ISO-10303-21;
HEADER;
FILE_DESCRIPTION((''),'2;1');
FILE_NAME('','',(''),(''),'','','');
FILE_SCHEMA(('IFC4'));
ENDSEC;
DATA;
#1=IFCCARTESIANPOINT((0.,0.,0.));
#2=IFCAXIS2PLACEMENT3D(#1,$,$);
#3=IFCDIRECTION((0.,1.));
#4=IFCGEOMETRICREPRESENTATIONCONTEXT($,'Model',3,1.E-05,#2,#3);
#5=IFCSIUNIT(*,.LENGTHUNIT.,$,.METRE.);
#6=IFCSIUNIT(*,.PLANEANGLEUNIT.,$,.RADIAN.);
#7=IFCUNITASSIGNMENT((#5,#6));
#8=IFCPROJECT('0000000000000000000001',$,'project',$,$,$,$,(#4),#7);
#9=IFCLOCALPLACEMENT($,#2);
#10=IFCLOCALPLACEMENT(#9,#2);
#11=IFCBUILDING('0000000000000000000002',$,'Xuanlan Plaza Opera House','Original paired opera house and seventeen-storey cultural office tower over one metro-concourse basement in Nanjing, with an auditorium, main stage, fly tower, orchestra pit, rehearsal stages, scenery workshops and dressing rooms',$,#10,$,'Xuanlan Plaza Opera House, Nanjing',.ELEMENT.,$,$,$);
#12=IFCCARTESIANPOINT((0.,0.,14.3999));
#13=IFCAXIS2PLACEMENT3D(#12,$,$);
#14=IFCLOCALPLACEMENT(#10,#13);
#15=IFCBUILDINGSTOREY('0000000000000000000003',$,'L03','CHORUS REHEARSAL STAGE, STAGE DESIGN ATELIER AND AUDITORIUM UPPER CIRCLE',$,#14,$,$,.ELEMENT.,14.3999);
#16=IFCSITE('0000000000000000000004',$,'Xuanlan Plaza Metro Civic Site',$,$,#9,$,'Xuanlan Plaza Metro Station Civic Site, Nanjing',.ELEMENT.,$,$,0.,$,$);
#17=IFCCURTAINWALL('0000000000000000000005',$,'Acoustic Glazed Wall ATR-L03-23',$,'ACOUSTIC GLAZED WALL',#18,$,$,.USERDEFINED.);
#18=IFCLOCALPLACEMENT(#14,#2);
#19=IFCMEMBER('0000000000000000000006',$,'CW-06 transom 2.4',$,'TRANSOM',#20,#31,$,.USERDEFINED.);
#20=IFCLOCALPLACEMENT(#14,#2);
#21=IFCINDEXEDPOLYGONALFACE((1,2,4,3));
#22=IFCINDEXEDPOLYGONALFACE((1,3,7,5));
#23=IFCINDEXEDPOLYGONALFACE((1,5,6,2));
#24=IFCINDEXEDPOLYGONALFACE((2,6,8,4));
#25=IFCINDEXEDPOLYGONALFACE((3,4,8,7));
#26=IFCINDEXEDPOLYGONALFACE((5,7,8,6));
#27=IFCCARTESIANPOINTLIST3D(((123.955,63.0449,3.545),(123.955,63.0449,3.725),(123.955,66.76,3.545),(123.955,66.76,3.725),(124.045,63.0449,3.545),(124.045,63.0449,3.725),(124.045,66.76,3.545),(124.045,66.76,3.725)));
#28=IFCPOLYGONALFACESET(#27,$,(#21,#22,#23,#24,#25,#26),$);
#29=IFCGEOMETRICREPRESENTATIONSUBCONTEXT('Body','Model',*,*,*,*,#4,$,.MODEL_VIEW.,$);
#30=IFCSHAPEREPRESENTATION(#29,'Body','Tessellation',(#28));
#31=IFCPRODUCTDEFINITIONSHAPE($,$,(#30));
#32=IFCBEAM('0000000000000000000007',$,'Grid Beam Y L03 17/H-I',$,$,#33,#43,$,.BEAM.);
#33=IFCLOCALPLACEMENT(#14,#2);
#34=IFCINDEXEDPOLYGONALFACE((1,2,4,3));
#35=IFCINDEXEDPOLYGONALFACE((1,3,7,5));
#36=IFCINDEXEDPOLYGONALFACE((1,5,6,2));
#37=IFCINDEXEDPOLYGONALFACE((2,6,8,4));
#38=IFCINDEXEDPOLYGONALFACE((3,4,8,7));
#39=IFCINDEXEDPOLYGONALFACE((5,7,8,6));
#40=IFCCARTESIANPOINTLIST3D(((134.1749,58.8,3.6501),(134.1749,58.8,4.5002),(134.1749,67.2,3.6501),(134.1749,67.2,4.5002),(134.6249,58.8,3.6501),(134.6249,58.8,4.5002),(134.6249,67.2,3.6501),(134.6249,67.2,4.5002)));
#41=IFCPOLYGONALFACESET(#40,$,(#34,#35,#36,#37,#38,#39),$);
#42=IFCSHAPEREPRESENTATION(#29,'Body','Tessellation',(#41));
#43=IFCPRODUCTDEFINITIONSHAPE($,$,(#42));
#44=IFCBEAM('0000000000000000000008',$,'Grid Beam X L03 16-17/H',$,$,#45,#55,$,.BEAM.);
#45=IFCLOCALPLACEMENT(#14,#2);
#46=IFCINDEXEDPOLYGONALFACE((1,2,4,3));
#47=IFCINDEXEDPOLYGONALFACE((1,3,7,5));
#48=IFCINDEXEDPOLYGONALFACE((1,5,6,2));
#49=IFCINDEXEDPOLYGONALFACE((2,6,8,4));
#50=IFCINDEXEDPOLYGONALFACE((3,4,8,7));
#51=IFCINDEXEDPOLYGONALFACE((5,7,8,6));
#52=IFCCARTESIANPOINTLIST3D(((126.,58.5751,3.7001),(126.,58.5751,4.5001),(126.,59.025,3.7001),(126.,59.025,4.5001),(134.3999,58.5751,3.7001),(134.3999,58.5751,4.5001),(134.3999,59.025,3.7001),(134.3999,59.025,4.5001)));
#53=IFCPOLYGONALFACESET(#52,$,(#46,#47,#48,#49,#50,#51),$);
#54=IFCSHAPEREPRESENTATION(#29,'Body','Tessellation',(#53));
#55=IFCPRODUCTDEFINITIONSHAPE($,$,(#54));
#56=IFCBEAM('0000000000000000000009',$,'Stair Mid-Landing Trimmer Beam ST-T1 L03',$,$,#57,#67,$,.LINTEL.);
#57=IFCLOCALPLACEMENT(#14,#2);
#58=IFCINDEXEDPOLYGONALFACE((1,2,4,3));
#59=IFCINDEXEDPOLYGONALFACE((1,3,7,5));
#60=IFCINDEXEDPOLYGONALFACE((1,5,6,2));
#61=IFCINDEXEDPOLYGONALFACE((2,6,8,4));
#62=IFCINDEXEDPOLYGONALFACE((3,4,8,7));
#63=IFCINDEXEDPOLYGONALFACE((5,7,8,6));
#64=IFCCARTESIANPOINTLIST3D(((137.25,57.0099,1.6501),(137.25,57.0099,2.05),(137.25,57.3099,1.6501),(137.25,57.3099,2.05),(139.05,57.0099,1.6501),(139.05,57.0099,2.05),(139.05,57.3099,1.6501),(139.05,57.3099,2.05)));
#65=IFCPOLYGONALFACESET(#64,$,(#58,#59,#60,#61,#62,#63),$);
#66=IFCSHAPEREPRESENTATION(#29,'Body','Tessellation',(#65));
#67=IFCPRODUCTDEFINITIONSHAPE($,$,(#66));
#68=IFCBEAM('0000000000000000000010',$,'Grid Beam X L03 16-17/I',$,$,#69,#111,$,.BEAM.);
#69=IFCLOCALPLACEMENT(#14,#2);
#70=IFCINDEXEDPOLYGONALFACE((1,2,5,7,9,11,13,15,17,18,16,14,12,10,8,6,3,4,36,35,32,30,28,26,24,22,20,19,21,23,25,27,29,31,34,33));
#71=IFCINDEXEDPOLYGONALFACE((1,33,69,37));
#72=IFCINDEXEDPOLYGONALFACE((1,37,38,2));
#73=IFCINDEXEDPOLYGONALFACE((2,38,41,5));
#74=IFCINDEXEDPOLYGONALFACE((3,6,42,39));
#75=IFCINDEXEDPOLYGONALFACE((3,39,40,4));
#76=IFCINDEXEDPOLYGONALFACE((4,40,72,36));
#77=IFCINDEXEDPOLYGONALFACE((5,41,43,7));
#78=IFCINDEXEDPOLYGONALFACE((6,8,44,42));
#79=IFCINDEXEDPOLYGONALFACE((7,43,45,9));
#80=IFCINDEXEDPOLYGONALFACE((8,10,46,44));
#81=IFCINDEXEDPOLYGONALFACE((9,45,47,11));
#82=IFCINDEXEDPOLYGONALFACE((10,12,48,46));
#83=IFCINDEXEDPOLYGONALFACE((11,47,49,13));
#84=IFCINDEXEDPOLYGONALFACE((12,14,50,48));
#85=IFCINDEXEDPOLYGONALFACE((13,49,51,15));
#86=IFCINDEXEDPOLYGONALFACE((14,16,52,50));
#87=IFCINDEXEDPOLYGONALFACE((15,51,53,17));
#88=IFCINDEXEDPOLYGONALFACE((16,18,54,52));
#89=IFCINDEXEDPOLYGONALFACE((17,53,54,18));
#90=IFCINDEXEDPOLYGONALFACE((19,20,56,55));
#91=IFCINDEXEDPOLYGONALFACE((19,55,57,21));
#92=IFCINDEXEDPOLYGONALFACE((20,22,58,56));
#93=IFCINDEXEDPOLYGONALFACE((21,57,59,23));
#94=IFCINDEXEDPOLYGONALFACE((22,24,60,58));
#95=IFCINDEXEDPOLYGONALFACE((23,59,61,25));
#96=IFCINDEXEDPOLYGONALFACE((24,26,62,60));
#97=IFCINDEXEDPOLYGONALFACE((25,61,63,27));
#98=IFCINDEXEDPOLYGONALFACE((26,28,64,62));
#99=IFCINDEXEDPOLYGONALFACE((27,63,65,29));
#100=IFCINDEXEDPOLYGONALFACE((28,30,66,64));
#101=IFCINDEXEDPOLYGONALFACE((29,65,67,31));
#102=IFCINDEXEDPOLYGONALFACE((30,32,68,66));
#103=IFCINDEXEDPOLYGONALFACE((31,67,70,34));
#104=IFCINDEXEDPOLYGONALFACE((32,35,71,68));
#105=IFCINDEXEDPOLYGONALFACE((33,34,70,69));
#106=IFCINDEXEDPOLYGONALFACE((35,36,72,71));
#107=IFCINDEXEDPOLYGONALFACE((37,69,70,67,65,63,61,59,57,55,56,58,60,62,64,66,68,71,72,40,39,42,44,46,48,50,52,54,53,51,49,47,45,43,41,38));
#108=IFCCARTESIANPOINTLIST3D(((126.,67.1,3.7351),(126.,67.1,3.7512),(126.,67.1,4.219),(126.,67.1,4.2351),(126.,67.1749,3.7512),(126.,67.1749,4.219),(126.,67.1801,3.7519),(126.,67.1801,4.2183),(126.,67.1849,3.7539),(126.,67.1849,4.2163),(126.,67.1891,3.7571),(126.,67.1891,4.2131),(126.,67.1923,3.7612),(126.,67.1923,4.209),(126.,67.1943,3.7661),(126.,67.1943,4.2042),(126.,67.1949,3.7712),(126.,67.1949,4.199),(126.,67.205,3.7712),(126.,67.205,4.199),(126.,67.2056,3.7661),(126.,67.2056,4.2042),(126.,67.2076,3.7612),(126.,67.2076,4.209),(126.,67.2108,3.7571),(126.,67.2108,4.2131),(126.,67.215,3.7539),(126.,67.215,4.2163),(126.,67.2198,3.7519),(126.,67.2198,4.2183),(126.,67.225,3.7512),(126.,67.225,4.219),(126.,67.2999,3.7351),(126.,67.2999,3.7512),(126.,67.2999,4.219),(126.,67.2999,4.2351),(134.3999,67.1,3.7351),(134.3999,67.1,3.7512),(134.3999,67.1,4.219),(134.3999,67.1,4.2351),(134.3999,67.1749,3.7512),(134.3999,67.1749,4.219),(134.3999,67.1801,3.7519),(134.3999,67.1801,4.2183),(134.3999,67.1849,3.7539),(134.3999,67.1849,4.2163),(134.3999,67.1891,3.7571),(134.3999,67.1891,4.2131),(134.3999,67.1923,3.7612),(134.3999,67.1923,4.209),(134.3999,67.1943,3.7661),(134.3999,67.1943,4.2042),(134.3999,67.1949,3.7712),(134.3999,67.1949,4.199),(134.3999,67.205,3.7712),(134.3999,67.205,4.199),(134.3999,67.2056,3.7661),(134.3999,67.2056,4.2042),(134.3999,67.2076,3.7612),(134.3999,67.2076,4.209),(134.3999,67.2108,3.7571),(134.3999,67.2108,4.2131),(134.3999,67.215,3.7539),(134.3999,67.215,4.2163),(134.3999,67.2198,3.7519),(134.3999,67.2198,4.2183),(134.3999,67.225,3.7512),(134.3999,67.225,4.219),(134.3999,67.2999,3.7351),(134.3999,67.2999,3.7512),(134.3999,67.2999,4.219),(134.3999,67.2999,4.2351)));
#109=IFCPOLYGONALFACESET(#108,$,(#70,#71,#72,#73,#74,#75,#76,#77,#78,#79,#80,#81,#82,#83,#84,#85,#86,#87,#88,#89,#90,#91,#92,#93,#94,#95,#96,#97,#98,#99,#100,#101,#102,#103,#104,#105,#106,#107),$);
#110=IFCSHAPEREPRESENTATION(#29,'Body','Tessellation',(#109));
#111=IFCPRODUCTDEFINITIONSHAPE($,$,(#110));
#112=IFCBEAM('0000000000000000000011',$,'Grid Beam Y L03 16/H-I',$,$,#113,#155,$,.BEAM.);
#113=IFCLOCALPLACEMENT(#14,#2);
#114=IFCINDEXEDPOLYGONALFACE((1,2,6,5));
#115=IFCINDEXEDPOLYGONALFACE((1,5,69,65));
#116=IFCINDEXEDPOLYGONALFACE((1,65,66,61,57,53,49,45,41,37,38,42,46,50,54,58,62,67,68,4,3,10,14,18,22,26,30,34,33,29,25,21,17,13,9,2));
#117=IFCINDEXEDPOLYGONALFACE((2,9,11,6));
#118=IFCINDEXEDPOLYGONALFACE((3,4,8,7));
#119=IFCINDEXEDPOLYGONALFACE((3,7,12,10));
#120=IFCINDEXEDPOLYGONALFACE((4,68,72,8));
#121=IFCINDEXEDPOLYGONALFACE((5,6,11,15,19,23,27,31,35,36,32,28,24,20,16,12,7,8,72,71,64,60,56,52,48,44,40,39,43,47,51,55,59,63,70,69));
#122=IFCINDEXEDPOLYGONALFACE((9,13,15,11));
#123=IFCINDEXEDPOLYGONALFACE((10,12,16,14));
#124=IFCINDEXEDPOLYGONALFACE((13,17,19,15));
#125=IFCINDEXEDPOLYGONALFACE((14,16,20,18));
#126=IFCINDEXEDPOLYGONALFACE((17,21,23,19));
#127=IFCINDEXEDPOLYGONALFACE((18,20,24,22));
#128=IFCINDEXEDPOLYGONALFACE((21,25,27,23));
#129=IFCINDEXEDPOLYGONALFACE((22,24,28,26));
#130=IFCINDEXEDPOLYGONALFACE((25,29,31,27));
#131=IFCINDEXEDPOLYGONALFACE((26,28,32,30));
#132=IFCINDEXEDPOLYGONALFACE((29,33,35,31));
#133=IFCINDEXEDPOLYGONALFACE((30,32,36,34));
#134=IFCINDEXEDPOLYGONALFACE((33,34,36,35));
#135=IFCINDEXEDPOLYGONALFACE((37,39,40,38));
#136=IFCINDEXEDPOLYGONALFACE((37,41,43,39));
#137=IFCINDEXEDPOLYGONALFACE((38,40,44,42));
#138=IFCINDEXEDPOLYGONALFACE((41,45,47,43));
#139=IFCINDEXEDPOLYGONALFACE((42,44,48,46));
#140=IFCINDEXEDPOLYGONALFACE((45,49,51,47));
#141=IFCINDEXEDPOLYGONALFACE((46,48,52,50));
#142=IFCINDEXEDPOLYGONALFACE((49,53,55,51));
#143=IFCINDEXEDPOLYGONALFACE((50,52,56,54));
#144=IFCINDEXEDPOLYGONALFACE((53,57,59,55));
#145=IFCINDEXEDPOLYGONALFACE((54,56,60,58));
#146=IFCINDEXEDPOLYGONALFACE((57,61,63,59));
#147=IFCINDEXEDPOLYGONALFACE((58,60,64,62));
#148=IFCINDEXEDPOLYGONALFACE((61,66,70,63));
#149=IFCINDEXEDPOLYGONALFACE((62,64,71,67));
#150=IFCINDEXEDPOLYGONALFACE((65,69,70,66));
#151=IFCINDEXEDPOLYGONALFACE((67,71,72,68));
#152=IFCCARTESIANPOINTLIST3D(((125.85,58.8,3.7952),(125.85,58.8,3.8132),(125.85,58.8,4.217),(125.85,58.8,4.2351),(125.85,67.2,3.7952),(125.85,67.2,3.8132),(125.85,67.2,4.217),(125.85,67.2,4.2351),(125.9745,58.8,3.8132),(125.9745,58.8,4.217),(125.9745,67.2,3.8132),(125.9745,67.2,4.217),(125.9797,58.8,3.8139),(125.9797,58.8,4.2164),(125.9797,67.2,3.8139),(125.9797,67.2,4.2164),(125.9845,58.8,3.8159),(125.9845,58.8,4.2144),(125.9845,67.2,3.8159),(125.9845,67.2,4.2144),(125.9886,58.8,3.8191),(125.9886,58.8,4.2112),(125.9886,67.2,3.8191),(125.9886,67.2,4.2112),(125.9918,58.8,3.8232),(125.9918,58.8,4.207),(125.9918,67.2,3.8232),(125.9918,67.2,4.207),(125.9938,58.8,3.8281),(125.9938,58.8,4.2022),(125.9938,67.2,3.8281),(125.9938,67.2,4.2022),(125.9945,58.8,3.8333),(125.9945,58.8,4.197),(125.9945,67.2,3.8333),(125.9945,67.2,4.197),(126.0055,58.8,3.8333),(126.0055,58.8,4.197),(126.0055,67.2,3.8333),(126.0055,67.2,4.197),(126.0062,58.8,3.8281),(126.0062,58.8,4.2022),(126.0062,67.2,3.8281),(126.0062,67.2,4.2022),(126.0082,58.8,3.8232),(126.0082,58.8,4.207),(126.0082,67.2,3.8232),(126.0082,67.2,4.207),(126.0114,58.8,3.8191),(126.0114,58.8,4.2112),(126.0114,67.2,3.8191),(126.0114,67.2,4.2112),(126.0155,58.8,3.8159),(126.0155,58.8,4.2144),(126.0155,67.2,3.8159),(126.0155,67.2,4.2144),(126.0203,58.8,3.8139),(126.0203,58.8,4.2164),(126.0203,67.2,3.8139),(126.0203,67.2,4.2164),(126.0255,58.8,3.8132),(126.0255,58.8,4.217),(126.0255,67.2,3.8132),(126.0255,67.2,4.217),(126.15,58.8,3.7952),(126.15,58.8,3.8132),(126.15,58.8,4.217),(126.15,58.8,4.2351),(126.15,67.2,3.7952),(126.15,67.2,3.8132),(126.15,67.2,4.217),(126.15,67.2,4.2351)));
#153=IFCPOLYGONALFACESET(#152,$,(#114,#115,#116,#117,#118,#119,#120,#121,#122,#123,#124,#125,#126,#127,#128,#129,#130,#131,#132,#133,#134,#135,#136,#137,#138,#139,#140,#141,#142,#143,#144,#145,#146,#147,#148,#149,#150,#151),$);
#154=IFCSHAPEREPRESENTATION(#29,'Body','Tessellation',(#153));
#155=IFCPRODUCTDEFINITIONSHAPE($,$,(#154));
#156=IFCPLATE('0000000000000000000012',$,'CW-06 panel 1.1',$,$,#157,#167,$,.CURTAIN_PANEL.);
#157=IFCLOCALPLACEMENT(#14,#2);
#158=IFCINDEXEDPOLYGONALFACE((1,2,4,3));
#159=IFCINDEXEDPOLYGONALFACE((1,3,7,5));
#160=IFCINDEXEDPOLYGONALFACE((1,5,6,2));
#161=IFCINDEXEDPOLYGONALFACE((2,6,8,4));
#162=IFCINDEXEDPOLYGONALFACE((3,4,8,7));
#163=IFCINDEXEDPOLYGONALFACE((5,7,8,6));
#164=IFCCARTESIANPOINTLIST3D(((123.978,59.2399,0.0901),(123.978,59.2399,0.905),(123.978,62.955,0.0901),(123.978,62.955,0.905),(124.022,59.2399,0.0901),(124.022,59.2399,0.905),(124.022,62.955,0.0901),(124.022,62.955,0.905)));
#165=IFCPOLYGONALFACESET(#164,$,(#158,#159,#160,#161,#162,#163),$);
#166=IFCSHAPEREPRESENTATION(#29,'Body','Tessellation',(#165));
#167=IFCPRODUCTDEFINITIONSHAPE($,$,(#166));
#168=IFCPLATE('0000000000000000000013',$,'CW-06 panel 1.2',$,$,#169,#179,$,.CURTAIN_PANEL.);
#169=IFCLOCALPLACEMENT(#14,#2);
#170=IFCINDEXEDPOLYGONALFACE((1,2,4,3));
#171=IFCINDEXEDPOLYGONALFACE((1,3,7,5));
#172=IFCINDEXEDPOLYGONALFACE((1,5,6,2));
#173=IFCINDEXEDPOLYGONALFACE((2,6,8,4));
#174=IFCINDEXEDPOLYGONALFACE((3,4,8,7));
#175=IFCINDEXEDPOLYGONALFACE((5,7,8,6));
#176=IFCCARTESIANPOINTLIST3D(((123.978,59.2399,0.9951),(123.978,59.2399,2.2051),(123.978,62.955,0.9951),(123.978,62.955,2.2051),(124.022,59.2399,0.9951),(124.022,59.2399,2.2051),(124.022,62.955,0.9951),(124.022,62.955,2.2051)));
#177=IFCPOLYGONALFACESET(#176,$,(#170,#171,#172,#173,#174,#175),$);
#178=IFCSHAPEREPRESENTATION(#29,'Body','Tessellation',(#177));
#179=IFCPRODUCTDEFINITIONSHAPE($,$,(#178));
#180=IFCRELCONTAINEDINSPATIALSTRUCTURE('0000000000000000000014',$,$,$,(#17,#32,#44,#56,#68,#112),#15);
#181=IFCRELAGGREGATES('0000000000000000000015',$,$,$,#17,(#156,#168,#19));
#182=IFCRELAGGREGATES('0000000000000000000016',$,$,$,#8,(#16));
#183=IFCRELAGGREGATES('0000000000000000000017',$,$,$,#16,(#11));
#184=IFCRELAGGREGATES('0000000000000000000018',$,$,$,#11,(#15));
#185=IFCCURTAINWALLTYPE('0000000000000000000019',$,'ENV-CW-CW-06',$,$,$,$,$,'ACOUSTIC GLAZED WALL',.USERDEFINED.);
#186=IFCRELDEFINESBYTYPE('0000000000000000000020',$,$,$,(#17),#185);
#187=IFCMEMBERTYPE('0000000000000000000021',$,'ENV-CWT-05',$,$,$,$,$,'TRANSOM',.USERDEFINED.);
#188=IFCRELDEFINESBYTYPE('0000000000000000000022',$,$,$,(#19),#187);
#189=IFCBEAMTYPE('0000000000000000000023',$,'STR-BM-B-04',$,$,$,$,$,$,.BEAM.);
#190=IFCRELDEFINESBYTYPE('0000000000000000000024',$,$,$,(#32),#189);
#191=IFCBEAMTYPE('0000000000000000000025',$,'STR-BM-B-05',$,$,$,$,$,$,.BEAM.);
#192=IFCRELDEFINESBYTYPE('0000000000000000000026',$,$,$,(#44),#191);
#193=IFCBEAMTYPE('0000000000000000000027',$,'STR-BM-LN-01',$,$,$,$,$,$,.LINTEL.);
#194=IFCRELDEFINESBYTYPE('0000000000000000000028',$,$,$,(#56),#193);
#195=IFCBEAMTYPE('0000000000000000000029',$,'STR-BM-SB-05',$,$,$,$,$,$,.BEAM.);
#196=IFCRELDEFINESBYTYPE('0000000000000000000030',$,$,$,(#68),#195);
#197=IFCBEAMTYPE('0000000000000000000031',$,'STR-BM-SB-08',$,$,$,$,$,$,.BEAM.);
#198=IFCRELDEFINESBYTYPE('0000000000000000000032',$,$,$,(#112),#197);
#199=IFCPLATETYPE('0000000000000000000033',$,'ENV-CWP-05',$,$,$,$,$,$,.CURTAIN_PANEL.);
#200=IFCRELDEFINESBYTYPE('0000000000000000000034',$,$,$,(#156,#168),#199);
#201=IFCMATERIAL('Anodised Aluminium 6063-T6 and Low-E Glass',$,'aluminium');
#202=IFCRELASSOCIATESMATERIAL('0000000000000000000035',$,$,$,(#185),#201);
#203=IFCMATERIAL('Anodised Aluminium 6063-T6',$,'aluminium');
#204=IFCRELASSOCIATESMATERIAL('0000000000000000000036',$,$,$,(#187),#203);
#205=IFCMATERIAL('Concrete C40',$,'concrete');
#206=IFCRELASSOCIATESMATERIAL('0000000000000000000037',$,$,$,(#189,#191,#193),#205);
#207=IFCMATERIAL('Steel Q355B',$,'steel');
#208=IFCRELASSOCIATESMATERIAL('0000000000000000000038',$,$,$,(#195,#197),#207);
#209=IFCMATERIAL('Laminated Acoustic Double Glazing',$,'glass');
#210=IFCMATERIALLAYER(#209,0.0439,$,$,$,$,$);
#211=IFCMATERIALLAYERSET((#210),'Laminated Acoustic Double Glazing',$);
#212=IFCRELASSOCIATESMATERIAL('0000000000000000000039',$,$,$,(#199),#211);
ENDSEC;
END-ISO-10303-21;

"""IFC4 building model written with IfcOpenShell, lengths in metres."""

from ifc_helpers import new_model, si_unit, direction, frame, origin, origin_2d, place, context, subcontext, project, spatial, rectangle, i_section, extrude, material, layer, layer_set, material_profile, profile_set, type_object, element, aggregate, save


model = new_model("IFC4")

# Units and contexts
model_context = context("Model", 3, precision=1e-05, world=origin(), true_north=direction((0.0, 1.0)))
body_context = subcontext(model_context, "Body", "Model", "MODEL_VIEW")
ifc_project = project(units=[si_unit("LENGTHUNIT", "METRE"), si_unit("PLANEANGLEUNIT", "RADIAN")], contexts=[model_context])

# Site, building, storey
site_placement = place(None, origin())
site = spatial("IfcSite", under=ifc_project, at=site_placement, Name="Xuanlan Plaza Metro Civic Site", LongName="Xuanlan Plaza Metro Station Civic Site, Nanjing", CompositionType="ELEMENT", RefElevation=0.0)
building_placement = place(site_placement, origin())
building = spatial("IfcBuilding", under=site, at=building_placement, Name="Xuanlan Plaza Opera House", Description="Original paired opera house and seventeen-storey cultural office tower over one metro-concourse basement in Nanjing, with an auditorium, main stage, fly tower, orchestra pit, rehearsal stages, scenery workshops and dressing rooms", LongName="Xuanlan Plaza Opera House, Nanjing", CompositionType="ELEMENT")
storey_placement = place(building_placement, frame((0.0, 0.0, 14.3999)))
storey = spatial("IfcBuildingStorey", under=building, at=storey_placement, Name="L03", Description="CHORUS REHEARSAL STAGE, STAGE DESIGN ATELIER AND AUDITORIUM UPPER CIRCLE", CompositionType="ELEMENT", Elevation=14.3999)

# Shared definitions
ifc_material_1 = material(Name="Steel Q355B", Category="steel")

# Curtain wall, member
ifc_material_2 = material(Name="Anodised Aluminium 6063-T6 and Low-E Glass", Category="aluminium")
curtain_wall_type = type_object("IfcCurtainWallType", Name="ENV-CW-CW-06", ElementType="ACOUSTIC GLAZED WALL", PredefinedType="USERDEFINED", material=ifc_material_2)
curtain_wall_placement = place(storey_placement, origin())
curtain_wall = element("IfcCurtainWall", 1, at=curtain_wall_placement, inside=storey, type_object=curtain_wall_type, Name="Acoustic Glazed Wall ATR-L03-23", ObjectType="ACOUSTIC GLAZED WALL", PredefinedType="USERDEFINED")
ifc_material_3 = material(Name="Anodised Aluminium 6063-T6", Category="aluminium")
ifc_material_profile_1 = material_profile(ifc_material_3, rectangle(XDim=0.0901, YDim=0.1799, at=origin_2d()), Name="ALU-T 90x180")
ifc_profile_set_1 = profile_set([ifc_material_profile_1], Name="Anodised Aluminium 6063-T6")
member_type_1 = type_object("IfcMemberType", Name="ENV-CWT-05", ElementType="TRANSOM", PredefinedType="USERDEFINED", material=ifc_profile_set_1)
member_1_placement = place(storey_placement, frame((124.0, 63.0449, 3.635), z_axis=(0.0, 1.0, 0.0), x_axis=(-1.0, 0.0, 0.0)))
member_1 = element("IfcMember", 2, at=member_1_placement, type_object=member_type_1, Name="CW-06 transom 2.4", ObjectType="TRANSOM", PredefinedType="USERDEFINED", context=body_context, shape_type="SweptSolid", body=[
    extrude(rectangle(XDim=0.0901, YDim=0.1799, at=origin_2d()), origin(), (0.0, 0.0, 1.0), 3.7151),
])

# Beams
ifc_material_4 = material(Name="Concrete C40", Category="concrete")
ifc_material_profile_2 = material_profile(ifc_material_4, rectangle(XDim=0.45, YDim=0.8501, at=origin_2d()), Name="RC-BM 450x850")
ifc_profile_set_2 = profile_set([ifc_material_profile_2], Name="Concrete C40")
beam_type_1 = type_object("IfcBeamType", Name="STR-BM-B-04", PredefinedType="BEAM", material=ifc_profile_set_2)
beam_1_placement = place(storey_placement, frame((134.3999, 58.8, 4.0752), z_axis=(0.0, 1.0, 0.0), x_axis=(-1.0, 0.0, 0.0)))
element("IfcBeam", 3, at=beam_1_placement, inside=storey, type_object=beam_type_1, Name="Grid Beam Y L03 17/H-I", PredefinedType="BEAM", context=body_context, shape_type="SweptSolid", body=[
    extrude(rectangle(XDim=0.45, YDim=0.8501, at=origin_2d()), origin(), (0.0, 0.0, 1.0), 8.3999),
])
ifc_material_profile_3 = material_profile(ifc_material_4, rectangle(XDim=0.45, YDim=0.8, at=origin_2d()), Name="RC-BM 450x800")
ifc_profile_set_3 = profile_set([ifc_material_profile_3], Name="Concrete C40")
beam_type_2 = type_object("IfcBeamType", Name="STR-BM-B-05", PredefinedType="BEAM", material=ifc_profile_set_3)
beam_2_placement = place(storey_placement, frame((126.0, 58.8, 4.1001), z_axis=(1.0, 0.0, 0.0), x_axis=(0.0, 1.0, 0.0)))
element("IfcBeam", 4, at=beam_2_placement, inside=storey, type_object=beam_type_2, Name="Grid Beam X L03 16-17/H", PredefinedType="BEAM", context=body_context, shape_type="SweptSolid", body=[
    extrude(rectangle(XDim=0.45, YDim=0.8, at=origin_2d()), origin(), (0.0, 0.0, 1.0), 8.3999),
])
ifc_material_profile_4 = material_profile(ifc_material_4, rectangle(XDim=0.3, YDim=0.3999, at=origin_2d()), Name="RC-LNT 300x400")
ifc_profile_set_4 = profile_set([ifc_material_profile_4], Name="Concrete C40")
beam_type_3 = type_object("IfcBeamType", Name="STR-BM-LN-01", PredefinedType="LINTEL", material=ifc_profile_set_4)
beam_3_placement = place(storey_placement, frame((137.25, 57.1599, 1.8501), z_axis=(1.0, 0.0, 0.0), x_axis=(0.0, 1.0, 0.0)))
element("IfcBeam", 5, at=beam_3_placement, inside=storey, type_object=beam_type_3, Name="Stair Mid-Landing Trimmer Beam ST-T1 L03", PredefinedType="LINTEL", context=body_context, shape_type="SweptSolid", body=[
    extrude(rectangle(XDim=0.3, YDim=0.3999, at=origin_2d()), origin(), (0.0, 0.0, 1.0), 1.8),
])
ifc_material_profile_5 = material_profile(ifc_material_1, i_section(OverallWidth=0.2, OverallDepth=0.5, WebThickness=0.01, FlangeThickness=0.0161, FilletRadius=0.02, at=origin_2d()), Name="HN 500x200x10x16")
ifc_profile_set_5 = profile_set([ifc_material_profile_5], Name="Steel Q355B")
beam_type_4 = type_object("IfcBeamType", Name="STR-BM-SB-05", PredefinedType="BEAM", material=ifc_profile_set_5)
beam_4_placement = place(storey_placement, frame((126.0, 67.2, 3.9851), z_axis=(1.0, 0.0, 0.0), x_axis=(0.0, 1.0, 0.0)))
element("IfcBeam", 6, at=beam_4_placement, inside=storey, type_object=beam_type_4, Name="Grid Beam X L03 16-17/I", PredefinedType="BEAM", context=body_context, shape_type="SweptSolid", body=[
    extrude(i_section(OverallWidth=0.2, OverallDepth=0.5, WebThickness=0.01, FlangeThickness=0.0161, FilletRadius=0.02, at=origin_2d()), origin(), (0.0, 0.0, 1.0), 8.3999),
])
ifc_material_profile_6 = material_profile(ifc_material_1, i_section(OverallWidth=0.3, OverallDepth=0.4399, WebThickness=0.011, FlangeThickness=0.0181, FilletRadius=0.02, at=origin_2d()), Name="HM 440x300x11x18")
ifc_profile_set_6 = profile_set([ifc_material_profile_6], Name="Steel Q355B")
beam_type_5 = type_object("IfcBeamType", Name="STR-BM-SB-08", PredefinedType="BEAM", material=ifc_profile_set_6)
beam_5_placement = place(storey_placement, frame((126.0, 58.8, 4.0151), z_axis=(0.0, 1.0, 0.0), x_axis=(-1.0, 0.0, 0.0)))
element("IfcBeam", 7, at=beam_5_placement, inside=storey, type_object=beam_type_5, Name="Grid Beam Y L03 16/H-I", PredefinedType="BEAM", context=body_context, shape_type="SweptSolid", body=[
    extrude(i_section(OverallWidth=0.3, OverallDepth=0.4399, WebThickness=0.011, FlangeThickness=0.0181, FilletRadius=0.02, at=origin_2d()), origin(), (0.0, 0.0, 1.0), 8.3999),
])

# Plates
ifc_material_5 = material(Name="Laminated Acoustic Double Glazing", Category="glass")
ifc_layer_1 = layer(ifc_material_5, 0.0439)
ifc_layer_set_1 = layer_set([ifc_layer_1], Name="Laminated Acoustic Double Glazing")
plate_type = type_object("IfcPlateType", Name="ENV-CWP-05", PredefinedType="CURTAIN_PANEL", material=ifc_layer_set_1)
plate_1_placement = place(storey_placement, frame((124.0, 61.0974, 0.0901), z_axis=(0.0, 0.0, 1.0), x_axis=(0.0, 1.0, 0.0)))
plate_1 = element("IfcPlate", 8, at=plate_1_placement, type_object=plate_type, Name="CW-06 panel 1.1", PredefinedType="CURTAIN_PANEL", context=body_context, shape_type="SweptSolid", body=[
    extrude(rectangle(XDim=3.7151, YDim=0.0439, at=origin_2d()), origin(), (0.0, 0.0, 1.0), 0.8149),
])
plate_2_placement = place(storey_placement, frame((124.0, 61.0974, 0.9951), z_axis=(0.0, 0.0, 1.0), x_axis=(0.0, 1.0, 0.0)))
plate_2 = element("IfcPlate", 9, at=plate_2_placement, type_object=plate_type, Name="CW-06 panel 1.2", PredefinedType="CURTAIN_PANEL", context=body_context, shape_type="SweptSolid", body=[
    extrude(rectangle(XDim=3.7151, YDim=0.0439, at=origin_2d()), origin(), (0.0, 0.0, 1.0), 1.21),
])
aggregate(curtain_wall, [plate_1, plate_2, member_1])

save(model, "model.ifc")
